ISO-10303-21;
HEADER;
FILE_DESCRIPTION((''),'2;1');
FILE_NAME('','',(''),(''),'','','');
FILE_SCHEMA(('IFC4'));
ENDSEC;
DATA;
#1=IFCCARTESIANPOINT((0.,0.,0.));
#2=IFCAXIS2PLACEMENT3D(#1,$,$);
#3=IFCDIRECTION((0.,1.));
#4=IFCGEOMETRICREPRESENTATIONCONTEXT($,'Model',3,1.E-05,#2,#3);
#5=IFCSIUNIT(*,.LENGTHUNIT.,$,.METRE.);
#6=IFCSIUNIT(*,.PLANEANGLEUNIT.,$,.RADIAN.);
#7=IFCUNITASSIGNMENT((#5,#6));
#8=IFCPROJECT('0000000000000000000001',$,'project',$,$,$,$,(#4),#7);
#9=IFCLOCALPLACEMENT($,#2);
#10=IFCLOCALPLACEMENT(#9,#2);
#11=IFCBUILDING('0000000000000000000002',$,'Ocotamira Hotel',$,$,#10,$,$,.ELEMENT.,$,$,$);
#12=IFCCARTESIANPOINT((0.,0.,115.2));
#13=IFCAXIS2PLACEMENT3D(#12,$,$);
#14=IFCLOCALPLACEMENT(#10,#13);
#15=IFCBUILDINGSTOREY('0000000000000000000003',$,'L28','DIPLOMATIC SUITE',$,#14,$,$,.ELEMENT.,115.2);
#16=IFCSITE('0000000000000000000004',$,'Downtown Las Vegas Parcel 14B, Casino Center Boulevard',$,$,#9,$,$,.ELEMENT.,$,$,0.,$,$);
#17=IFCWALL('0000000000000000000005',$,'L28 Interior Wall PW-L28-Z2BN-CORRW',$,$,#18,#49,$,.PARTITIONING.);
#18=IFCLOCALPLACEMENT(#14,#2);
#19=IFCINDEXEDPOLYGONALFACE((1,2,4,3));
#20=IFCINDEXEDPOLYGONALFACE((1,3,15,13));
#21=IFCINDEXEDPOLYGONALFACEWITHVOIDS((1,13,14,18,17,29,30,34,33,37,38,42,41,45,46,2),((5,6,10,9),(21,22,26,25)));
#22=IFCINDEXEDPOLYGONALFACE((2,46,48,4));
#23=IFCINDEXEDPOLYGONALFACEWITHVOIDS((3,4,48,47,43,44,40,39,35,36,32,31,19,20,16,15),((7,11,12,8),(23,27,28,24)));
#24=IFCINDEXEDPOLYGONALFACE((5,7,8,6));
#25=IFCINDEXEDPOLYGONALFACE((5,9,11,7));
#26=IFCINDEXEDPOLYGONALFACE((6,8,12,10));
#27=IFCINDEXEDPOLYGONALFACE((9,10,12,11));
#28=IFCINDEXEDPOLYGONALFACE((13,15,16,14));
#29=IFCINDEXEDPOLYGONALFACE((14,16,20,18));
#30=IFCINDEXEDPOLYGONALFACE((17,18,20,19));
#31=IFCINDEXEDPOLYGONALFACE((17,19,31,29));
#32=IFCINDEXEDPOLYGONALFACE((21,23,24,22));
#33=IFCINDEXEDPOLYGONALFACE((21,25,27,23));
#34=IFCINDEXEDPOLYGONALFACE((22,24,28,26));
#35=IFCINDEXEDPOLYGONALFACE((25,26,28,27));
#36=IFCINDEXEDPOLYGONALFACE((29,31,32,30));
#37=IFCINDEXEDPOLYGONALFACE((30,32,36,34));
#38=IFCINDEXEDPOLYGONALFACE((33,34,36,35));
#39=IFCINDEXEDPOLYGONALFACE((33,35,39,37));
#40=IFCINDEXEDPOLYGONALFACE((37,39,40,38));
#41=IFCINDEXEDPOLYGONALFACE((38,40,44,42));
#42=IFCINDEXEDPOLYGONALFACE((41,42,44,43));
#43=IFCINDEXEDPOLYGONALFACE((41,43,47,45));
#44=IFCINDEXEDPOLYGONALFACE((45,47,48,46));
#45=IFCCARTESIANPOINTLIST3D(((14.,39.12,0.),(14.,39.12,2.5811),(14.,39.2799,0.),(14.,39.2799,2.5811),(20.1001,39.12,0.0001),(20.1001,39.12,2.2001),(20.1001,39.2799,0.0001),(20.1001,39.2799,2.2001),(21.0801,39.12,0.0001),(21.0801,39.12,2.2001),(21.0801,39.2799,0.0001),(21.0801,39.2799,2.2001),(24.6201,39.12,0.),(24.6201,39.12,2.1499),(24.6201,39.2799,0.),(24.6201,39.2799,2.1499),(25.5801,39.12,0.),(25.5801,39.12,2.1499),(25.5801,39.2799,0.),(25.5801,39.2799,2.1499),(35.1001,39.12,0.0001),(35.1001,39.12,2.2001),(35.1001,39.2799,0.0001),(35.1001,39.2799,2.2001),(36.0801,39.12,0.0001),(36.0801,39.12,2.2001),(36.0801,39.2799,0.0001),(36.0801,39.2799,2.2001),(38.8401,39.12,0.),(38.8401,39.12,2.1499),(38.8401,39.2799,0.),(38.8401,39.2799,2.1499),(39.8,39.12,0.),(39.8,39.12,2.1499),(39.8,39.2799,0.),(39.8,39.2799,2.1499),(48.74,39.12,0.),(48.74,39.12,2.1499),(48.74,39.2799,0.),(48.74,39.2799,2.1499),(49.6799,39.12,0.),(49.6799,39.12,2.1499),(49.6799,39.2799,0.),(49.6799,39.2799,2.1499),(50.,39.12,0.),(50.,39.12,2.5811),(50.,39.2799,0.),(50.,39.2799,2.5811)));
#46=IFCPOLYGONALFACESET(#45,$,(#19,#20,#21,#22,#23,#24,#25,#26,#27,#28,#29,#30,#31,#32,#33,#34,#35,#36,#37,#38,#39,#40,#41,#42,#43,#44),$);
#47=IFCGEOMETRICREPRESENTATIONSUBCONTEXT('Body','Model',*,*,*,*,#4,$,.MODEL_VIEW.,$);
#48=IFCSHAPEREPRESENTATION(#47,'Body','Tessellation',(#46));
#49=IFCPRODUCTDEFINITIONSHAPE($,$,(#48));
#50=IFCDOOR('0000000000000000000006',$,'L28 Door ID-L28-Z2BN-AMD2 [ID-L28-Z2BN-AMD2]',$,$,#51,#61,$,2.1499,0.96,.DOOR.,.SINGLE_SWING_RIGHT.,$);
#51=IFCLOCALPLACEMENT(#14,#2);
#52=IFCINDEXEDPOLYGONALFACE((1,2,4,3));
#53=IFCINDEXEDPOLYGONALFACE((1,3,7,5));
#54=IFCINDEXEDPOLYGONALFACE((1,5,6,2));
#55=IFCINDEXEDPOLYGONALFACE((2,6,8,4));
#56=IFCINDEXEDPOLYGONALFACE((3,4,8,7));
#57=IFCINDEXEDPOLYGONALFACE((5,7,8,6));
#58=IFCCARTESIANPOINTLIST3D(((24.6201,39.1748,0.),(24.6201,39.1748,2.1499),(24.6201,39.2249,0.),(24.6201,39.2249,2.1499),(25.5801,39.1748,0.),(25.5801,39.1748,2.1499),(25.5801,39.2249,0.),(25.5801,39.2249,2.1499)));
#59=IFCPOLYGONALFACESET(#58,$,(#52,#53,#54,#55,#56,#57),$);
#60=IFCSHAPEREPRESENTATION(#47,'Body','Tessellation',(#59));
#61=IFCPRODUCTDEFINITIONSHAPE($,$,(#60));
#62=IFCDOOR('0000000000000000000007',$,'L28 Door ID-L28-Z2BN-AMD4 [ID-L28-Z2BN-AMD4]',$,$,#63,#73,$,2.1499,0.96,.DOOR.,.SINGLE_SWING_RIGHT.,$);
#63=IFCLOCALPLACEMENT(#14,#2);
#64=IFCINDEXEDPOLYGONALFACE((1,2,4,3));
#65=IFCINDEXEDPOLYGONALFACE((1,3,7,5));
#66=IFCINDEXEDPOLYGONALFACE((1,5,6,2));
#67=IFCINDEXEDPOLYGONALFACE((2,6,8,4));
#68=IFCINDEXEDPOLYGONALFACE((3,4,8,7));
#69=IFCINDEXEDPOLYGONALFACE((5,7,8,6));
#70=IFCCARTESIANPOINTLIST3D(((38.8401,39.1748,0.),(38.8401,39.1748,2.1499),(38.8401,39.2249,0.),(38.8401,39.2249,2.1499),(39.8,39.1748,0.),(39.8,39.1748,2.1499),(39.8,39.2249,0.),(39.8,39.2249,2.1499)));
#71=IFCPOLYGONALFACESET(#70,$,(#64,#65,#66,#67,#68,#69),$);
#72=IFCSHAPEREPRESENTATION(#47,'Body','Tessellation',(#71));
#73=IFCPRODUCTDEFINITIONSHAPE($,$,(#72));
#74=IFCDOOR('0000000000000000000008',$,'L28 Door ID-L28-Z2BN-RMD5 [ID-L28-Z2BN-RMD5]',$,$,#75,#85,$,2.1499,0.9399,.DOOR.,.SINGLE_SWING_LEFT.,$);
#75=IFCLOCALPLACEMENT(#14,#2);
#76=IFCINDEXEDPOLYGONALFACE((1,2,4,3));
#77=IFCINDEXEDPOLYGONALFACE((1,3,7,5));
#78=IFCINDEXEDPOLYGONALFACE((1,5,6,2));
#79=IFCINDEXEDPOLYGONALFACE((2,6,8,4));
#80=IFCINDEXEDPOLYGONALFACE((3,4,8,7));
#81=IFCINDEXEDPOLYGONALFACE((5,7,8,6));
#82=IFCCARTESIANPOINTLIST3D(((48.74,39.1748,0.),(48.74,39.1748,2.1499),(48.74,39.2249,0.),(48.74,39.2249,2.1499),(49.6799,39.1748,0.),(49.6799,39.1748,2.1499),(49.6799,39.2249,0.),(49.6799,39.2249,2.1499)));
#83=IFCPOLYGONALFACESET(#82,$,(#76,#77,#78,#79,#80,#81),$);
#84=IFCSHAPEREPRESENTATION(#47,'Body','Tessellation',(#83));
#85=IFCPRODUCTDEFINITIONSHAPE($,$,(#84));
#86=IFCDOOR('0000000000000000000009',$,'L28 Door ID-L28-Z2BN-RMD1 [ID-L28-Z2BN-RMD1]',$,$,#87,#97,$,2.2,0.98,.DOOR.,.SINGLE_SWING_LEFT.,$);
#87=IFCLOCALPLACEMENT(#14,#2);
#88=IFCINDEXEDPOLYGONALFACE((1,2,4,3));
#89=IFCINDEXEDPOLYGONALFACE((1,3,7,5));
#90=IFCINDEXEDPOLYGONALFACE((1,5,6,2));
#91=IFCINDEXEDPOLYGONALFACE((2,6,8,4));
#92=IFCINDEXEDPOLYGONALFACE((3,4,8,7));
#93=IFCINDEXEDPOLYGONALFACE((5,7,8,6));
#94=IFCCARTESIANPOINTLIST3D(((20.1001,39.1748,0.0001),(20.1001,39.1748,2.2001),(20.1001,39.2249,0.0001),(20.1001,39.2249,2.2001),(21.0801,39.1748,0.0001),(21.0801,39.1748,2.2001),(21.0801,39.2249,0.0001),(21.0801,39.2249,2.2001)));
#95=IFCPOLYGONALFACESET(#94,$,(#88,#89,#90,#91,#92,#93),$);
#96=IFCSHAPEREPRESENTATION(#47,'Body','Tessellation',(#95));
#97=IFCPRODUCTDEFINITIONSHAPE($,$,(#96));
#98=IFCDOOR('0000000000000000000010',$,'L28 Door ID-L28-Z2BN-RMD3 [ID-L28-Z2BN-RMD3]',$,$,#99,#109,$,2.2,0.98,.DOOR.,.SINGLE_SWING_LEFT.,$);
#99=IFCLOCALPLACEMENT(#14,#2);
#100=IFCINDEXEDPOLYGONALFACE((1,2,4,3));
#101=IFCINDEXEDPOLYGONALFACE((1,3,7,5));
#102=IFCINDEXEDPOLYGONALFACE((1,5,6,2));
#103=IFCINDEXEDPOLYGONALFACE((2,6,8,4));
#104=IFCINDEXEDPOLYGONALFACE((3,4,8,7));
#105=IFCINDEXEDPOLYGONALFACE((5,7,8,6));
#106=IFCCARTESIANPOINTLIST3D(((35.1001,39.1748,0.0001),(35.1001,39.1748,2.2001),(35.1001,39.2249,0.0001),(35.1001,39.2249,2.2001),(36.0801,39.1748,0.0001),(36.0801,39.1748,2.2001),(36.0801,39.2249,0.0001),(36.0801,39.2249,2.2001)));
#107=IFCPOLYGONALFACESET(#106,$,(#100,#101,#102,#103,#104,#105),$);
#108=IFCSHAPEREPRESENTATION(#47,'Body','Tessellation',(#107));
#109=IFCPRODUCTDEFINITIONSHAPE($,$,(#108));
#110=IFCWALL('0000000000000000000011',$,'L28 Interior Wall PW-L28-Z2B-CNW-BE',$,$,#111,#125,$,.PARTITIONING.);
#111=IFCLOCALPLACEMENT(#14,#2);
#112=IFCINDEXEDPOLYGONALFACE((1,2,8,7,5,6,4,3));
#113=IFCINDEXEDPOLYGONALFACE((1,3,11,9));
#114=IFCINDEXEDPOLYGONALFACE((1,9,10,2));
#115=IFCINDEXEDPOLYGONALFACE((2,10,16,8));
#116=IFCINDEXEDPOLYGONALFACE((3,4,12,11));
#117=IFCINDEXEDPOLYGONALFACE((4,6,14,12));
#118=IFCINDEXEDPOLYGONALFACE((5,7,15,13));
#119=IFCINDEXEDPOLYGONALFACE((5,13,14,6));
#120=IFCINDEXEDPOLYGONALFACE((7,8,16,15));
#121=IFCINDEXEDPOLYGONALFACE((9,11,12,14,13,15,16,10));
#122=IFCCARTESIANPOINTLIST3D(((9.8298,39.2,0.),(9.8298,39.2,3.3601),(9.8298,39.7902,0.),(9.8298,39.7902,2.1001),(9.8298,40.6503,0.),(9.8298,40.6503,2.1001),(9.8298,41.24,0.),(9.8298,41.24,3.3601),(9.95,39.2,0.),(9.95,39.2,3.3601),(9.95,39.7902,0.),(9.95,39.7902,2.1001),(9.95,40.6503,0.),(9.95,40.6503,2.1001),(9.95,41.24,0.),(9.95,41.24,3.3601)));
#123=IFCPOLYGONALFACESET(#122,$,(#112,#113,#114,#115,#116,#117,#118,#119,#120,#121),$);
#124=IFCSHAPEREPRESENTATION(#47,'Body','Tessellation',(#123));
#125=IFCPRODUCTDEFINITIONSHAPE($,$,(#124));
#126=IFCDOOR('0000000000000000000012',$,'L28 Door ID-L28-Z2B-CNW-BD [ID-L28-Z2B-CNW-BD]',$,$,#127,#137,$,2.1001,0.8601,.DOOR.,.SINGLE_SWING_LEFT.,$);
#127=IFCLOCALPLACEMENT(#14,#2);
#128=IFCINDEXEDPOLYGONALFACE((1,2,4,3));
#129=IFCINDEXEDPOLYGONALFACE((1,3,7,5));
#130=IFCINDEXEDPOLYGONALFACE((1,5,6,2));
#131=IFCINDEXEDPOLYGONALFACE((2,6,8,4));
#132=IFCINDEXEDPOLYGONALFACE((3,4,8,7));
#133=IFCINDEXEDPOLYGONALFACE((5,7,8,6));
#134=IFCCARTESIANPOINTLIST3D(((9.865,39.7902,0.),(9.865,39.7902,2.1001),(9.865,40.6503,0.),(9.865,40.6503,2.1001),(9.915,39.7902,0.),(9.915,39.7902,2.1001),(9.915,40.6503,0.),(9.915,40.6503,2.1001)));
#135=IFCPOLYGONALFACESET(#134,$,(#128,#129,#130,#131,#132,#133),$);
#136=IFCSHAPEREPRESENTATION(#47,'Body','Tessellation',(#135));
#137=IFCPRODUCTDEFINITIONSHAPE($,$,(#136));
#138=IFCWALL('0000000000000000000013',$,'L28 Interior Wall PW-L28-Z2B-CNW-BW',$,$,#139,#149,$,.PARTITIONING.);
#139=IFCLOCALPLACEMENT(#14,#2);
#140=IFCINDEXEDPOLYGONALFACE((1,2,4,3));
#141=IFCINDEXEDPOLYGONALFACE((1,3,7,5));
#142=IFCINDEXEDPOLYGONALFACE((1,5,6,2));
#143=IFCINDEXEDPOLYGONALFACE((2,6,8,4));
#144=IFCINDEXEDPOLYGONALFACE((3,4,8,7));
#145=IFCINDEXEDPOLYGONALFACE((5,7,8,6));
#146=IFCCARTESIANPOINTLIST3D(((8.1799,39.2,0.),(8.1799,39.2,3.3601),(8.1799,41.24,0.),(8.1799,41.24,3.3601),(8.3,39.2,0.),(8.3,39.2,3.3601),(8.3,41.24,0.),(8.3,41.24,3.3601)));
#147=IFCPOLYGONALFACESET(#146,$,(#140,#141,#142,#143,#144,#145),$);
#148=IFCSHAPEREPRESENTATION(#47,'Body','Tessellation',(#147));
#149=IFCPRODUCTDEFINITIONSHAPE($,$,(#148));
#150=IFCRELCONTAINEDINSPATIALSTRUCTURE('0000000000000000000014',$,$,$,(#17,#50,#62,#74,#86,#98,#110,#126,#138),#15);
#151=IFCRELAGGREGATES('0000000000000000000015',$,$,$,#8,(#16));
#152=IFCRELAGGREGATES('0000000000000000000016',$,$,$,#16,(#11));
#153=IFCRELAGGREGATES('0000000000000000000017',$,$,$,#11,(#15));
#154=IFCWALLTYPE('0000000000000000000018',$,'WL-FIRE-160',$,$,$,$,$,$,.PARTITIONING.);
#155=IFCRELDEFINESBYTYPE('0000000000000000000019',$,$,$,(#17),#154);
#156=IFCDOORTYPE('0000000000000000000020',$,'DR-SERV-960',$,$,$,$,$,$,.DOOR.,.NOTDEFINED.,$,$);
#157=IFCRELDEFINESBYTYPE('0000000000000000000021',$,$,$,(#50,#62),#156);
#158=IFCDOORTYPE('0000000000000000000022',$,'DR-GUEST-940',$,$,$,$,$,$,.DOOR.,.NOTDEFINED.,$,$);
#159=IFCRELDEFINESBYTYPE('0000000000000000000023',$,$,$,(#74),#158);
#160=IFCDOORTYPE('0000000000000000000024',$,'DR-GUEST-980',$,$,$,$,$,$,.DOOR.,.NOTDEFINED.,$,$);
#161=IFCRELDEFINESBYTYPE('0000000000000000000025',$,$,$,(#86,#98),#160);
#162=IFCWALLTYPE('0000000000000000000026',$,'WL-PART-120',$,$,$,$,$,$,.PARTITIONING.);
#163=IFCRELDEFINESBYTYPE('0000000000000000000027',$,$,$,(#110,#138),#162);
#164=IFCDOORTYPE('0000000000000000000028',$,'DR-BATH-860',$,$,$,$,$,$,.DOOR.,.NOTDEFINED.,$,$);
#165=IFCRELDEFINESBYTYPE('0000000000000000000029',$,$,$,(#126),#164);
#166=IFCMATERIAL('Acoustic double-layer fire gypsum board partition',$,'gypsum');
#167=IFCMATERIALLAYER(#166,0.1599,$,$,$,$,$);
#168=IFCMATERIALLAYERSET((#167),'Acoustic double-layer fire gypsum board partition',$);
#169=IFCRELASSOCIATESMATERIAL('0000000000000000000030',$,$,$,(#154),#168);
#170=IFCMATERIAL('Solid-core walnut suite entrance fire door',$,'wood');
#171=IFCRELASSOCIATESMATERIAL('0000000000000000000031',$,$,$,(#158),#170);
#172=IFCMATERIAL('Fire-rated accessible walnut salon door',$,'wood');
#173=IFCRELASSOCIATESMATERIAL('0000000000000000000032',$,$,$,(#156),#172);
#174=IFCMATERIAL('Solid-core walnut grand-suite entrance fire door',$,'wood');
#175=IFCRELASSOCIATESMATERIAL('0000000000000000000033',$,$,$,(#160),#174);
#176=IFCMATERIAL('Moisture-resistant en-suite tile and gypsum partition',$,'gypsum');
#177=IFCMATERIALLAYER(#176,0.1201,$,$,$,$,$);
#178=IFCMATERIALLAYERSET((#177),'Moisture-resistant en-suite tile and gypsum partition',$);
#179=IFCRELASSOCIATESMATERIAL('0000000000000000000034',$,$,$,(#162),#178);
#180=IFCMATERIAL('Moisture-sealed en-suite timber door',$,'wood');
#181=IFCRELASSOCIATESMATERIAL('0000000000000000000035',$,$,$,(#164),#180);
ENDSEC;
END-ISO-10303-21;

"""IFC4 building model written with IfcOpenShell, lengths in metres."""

from ifc_helpers import new_model, si_unit, direction, frame, frame_2d, origin, place, context, subcontext, project, spatial, rectangle, extrude, source, transform, mapped, material, layer, layer_set, type_object, element, fill, save


model = new_model("IFC4")

# Units and contexts
model_context = context("Model", 3, precision=1e-05, world=origin(), true_north=direction((0.0, 1.0)))
body_context = subcontext(model_context, "Body", "Model", "MODEL_VIEW")
ifc_project = project(units=[si_unit("LENGTHUNIT", "METRE"), si_unit("PLANEANGLEUNIT", "RADIAN")], contexts=[model_context])

# Site, building, storey
site_placement = place(None, origin())
site = spatial("IfcSite", under=ifc_project, at=site_placement, Name="Downtown Las Vegas Parcel 14B, Casino Center Boulevard", CompositionType="ELEMENT", RefElevation=0.0)
building_placement = place(site_placement, origin())
building = spatial("IfcBuilding", under=site, at=building_placement, Name="Ocotamira Hotel", CompositionType="ELEMENT")
storey_placement = place(building_placement, frame((0.0, 0.0, 115.2)))
storey = spatial("IfcBuildingStorey", under=building, at=storey_placement, Name="L28", Description="DIPLOMATIC SUITE", CompositionType="ELEMENT", Elevation=115.2)

# Shared definitions
ifc_material_1 = material(Name="Acoustic double-layer fire gypsum board partition", Category="gypsum")
ifc_layer_1 = layer(ifc_material_1, 0.1599)
ifc_layer_set_1 = layer_set([ifc_layer_1], Name="Acoustic double-layer fire gypsum board partition")
wall_type_1 = type_object("IfcWallType", Name="WL-FIRE-160", PredefinedType="PARTITIONING", material=ifc_layer_set_1)
ifc_material_2 = material(Name="Solid-core walnut suite entrance fire door", Category="wood")
door_type_1 = type_object("IfcDoorType", Name="DR-GUEST-940", OperationType="NOTDEFINED", PredefinedType="DOOR", material=ifc_material_2)
shared_shape_1 = source(origin(), body_context, "Body", "SweptSolid", [
    extrude(rectangle(XDim=0.9399, YDim=2.1499, at=frame_2d((0.47, 1.075))), frame((0.0, 0.0249, 0.0), z_axis=(0.0, -1.0, 0.0), x_axis=(1.0, 0.0, 0.0)), (0.0, 0.0, 1.0), 0.05),
])

# Wall, openings, doors
wall_1_placement = place(storey_placement, frame((14.0, 39.2, 0.0), z_axis=(0.0, 0.0, 1.0), x_axis=(1.0, 0.0, 0.0)))
wall_1 = element("IfcWall", 1, at=wall_1_placement, inside=storey, type_object=wall_type_1, Name="L28 Interior Wall PW-L28-Z2BN-CORRW", PredefinedType="PARTITIONING", context=body_context, shape_type="SweptSolid", body=[
    extrude(rectangle(XDim=36.0, YDim=0.1599, at=frame_2d((18.0, 0.0))), origin(), (0.0, 0.0, 1.0), 2.5811),
])
opening_1_placement = place(wall_1_placement, frame((6.1001, 0.0, 0.0)))
opening_1 = element("IfcOpeningElement", 2, at=opening_1_placement, cuts=wall_1, PredefinedType="OPENING", context=body_context, shape_type="SweptSolid", body=[
    extrude(rectangle(XDim=0.98, YDim=2.2, at=frame_2d((0.49, 1.1001))), frame((0.0, 0.0898, 0.0), z_axis=(0.0, -1.0, 0.0), x_axis=(1.0, 0.0, 0.0)), (0.0, 0.0, 1.0), 0.1799),
])
opening_2_placement = place(wall_1_placement, frame((10.6201, 0.0, 0.0)))
opening_2 = element("IfcOpeningElement", 3, at=opening_2_placement, cuts=wall_1, PredefinedType="OPENING", context=body_context, shape_type="SweptSolid", body=[
    extrude(rectangle(XDim=0.96, YDim=2.1499, at=frame_2d((0.48, 1.075))), frame((0.0, 0.0898, 0.0), z_axis=(0.0, -1.0, 0.0), x_axis=(1.0, 0.0, 0.0)), (0.0, 0.0, 1.0), 0.1799),
])
opening_3_placement = place(wall_1_placement, frame((21.1001, 0.0, 0.0)))
opening_3 = element("IfcOpeningElement", 4, at=opening_3_placement, cuts=wall_1, PredefinedType="OPENING", context=body_context, shape_type="SweptSolid", body=[
    extrude(rectangle(XDim=0.98, YDim=2.2, at=frame_2d((0.49, 1.1001))), frame((0.0, 0.0898, 0.0), z_axis=(0.0, -1.0, 0.0), x_axis=(1.0, 0.0, 0.0)), (0.0, 0.0, 1.0), 0.1799),
])
opening_4_placement = place(wall_1_placement, frame((24.8401, 0.0, 0.0)))
opening_4 = element("IfcOpeningElement", 5, at=opening_4_placement, cuts=wall_1, PredefinedType="OPENING", context=body_context, shape_type="SweptSolid", body=[
    extrude(rectangle(XDim=0.96, YDim=2.1499, at=frame_2d((0.48, 1.075))), frame((0.0, 0.0898, 0.0), z_axis=(0.0, -1.0, 0.0), x_axis=(1.0, 0.0, 0.0)), (0.0, 0.0, 1.0), 0.1799),
])
opening_5_placement = place(wall_1_placement, frame((34.74, 0.0, 0.0)))
opening_5 = element("IfcOpeningElement", 6, at=opening_5_placement, cuts=wall_1, PredefinedType="OPENING", context=body_context, shape_type="SweptSolid", body=[
    extrude(rectangle(XDim=0.9399, YDim=2.1499, at=frame_2d((0.47, 1.075))), frame((0.0, 0.0898, 0.0), z_axis=(0.0, -1.0, 0.0), x_axis=(1.0, 0.0, 0.0)), (0.0, 0.0, 1.0), 0.1799),
])
ifc_material_3 = material(Name="Fire-rated accessible walnut salon door", Category="wood")
door_type_2 = type_object("IfcDoorType", Name="DR-SERV-960", OperationType="NOTDEFINED", PredefinedType="DOOR", material=ifc_material_3)
shared_shape_2 = source(origin(), body_context, "Body", "SweptSolid", [
    extrude(rectangle(XDim=0.96, YDim=2.1499, at=frame_2d((0.48, 1.075))), frame((0.0, 0.0249, 0.0), z_axis=(0.0, -1.0, 0.0), x_axis=(1.0, 0.0, 0.0)), (0.0, 0.0, 1.0), 0.05),
])
door_1_placement = place(opening_2_placement, origin())
door_1 = element("IfcDoor", 7, at=door_1_placement, inside=storey, type_object=door_type_2, Name="L28 Door ID-L28-Z2BN-AMD2 [ID-L28-Z2BN-AMD2]", OperationType="SINGLE_SWING_RIGHT", OverallHeight=2.1499, OverallWidth=0.96, PredefinedType="DOOR", context=body_context, shape_type="MappedRepresentation", body=[
    mapped(shared_shape_2, transform((0.0, 0.0, 0.0), scale=1.0)),
])
fill(opening_2, door_1)
door_2_placement = place(opening_4_placement, origin())
door_2 = element("IfcDoor", 8, at=door_2_placement, inside=storey, type_object=door_type_2, Name="L28 Door ID-L28-Z2BN-AMD4 [ID-L28-Z2BN-AMD4]", OperationType="SINGLE_SWING_RIGHT", OverallHeight=2.1499, OverallWidth=0.96, PredefinedType="DOOR", context=body_context, shape_type="MappedRepresentation", body=[
    mapped(shared_shape_2, transform((0.0, 0.0, 0.0), scale=1.0)),
])
fill(opening_4, door_2)
door_3_placement = place(opening_5_placement, origin())
door_3 = element("IfcDoor", 9, at=door_3_placement, inside=storey, type_object=door_type_1, Name="L28 Door ID-L28-Z2BN-RMD5 [ID-L28-Z2BN-RMD5]", OperationType="SINGLE_SWING_LEFT", OverallHeight=2.1499, OverallWidth=0.9399, PredefinedType="DOOR", context=body_context, shape_type="MappedRepresentation", body=[
    mapped(shared_shape_1, transform((0.0, 0.0, 0.0), scale=1.0)),
])
fill(opening_5, door_3)
ifc_material_4 = material(Name="Solid-core walnut grand-suite entrance fire door", Category="wood")
door_type_3 = type_object("IfcDoorType", Name="DR-GUEST-980", OperationType="NOTDEFINED", PredefinedType="DOOR", material=ifc_material_4)
shared_shape_3 = source(origin(), body_context, "Body", "SweptSolid", [
    extrude(rectangle(XDim=0.98, YDim=2.2, at=frame_2d((0.49, 1.1001))), frame((0.0, 0.0249, 0.0), z_axis=(0.0, -1.0, 0.0), x_axis=(1.0, 0.0, 0.0)), (0.0, 0.0, 1.0), 0.05),
])
door_4_placement = place(opening_1_placement, origin())
door_4 = element("IfcDoor", 10, at=door_4_placement, inside=storey, type_object=door_type_3, Name="L28 Door ID-L28-Z2BN-RMD1 [ID-L28-Z2BN-RMD1]", OperationType="SINGLE_SWING_LEFT", OverallHeight=2.2, OverallWidth=0.98, PredefinedType="DOOR", context=body_context, shape_type="MappedRepresentation", body=[
    mapped(shared_shape_3, transform((0.0, 0.0, 0.0), scale=1.0)),
])
fill(opening_1, door_4)
door_5_placement = place(opening_3_placement, origin())
door_5 = element("IfcDoor", 11, at=door_5_placement, inside=storey, type_object=door_type_3, Name="L28 Door ID-L28-Z2BN-RMD3 [ID-L28-Z2BN-RMD3]", OperationType="SINGLE_SWING_LEFT", OverallHeight=2.2, OverallWidth=0.98, PredefinedType="DOOR", context=body_context, shape_type="MappedRepresentation", body=[
    mapped(shared_shape_3, transform((0.0, 0.0, 0.0), scale=1.0)),
])
fill(opening_3, door_5)

# Wall, opening, door
ifc_material_5 = material(Name="Moisture-resistant en-suite tile and gypsum partition", Category="gypsum")
ifc_layer_2 = layer(ifc_material_5, 0.1201)
ifc_layer_set_2 = layer_set([ifc_layer_2], Name="Moisture-resistant en-suite tile and gypsum partition")
wall_type_2 = type_object("IfcWallType", Name="WL-PART-120", PredefinedType="PARTITIONING", material=ifc_layer_set_2)
wall_2_placement = place(storey_placement, frame((9.8899, 39.2, 0.0), z_axis=(0.0, 0.0, 1.0), x_axis=(0.0, 1.0, 0.0)))
wall_2 = element("IfcWall", 12, at=wall_2_placement, inside=storey, type_object=wall_type_2, Name="L28 Interior Wall PW-L28-Z2B-CNW-BE", PredefinedType="PARTITIONING", context=body_context, shape_type="SweptSolid", body=[
    extrude(rectangle(XDim=2.04, YDim=0.1201, at=frame_2d((1.02, 0.0))), origin(), (0.0, 0.0, 1.0), 3.3601),
])
opening_6_placement = place(wall_2_placement, frame((0.5901, 0.0, 0.0)))
opening_6 = element("IfcOpeningElement", 13, at=opening_6_placement, cuts=wall_2, PredefinedType="OPENING", context=body_context, shape_type="SweptSolid", body=[
    extrude(rectangle(XDim=0.8601, YDim=2.1001, at=frame_2d((0.4302, 1.05))), frame((0.0, 0.0701, 0.0), z_axis=(0.0, -1.0, 0.0), x_axis=(1.0, 0.0, 0.0)), (0.0, 0.0, 1.0), 0.1401),
])
ifc_material_6 = material(Name="Moisture-sealed en-suite timber door", Category="wood")
door_type_4 = type_object("IfcDoorType", Name="DR-BATH-860", OperationType="NOTDEFINED", PredefinedType="DOOR", material=ifc_material_6)
shared_shape_4 = source(origin(), body_context, "Body", "SweptSolid", [
    extrude(rectangle(XDim=0.8601, YDim=2.1001, at=frame_2d((0.4302, 1.05))), frame((0.0, 0.0249, 0.0), z_axis=(0.0, -1.0, 0.0), x_axis=(1.0, 0.0, 0.0)), (0.0, 0.0, 1.0), 0.05),
])
door_6_placement = place(opening_6_placement, origin())
door_6 = element("IfcDoor", 14, at=door_6_placement, inside=storey, type_object=door_type_4, Name="L28 Door ID-L28-Z2B-CNW-BD [ID-L28-Z2B-CNW-BD]", OperationType="SINGLE_SWING_LEFT", OverallHeight=2.1001, OverallWidth=0.8601, PredefinedType="DOOR", context=body_context, shape_type="MappedRepresentation", body=[
    mapped(shared_shape_4, transform((0.0, 0.0, 0.0), scale=1.0)),
])
fill(opening_6, door_6)

# Wall
wall_3_placement = place(storey_placement, frame((8.24, 39.2, 0.0), z_axis=(0.0, 0.0, 1.0), x_axis=(0.0, 1.0, 0.0)))
element("IfcWall", 15, at=wall_3_placement, inside=storey, type_object=wall_type_2, Name="L28 Interior Wall PW-L28-Z2B-CNW-BW", PredefinedType="PARTITIONING", context=body_context, shape_type="SweptSolid", body=[
    extrude(rectangle(XDim=2.04, YDim=0.1201, at=frame_2d((1.02, 0.0))), origin(), (0.0, 0.0, 1.0), 3.3601),
])

save(model, "model.ifc")
